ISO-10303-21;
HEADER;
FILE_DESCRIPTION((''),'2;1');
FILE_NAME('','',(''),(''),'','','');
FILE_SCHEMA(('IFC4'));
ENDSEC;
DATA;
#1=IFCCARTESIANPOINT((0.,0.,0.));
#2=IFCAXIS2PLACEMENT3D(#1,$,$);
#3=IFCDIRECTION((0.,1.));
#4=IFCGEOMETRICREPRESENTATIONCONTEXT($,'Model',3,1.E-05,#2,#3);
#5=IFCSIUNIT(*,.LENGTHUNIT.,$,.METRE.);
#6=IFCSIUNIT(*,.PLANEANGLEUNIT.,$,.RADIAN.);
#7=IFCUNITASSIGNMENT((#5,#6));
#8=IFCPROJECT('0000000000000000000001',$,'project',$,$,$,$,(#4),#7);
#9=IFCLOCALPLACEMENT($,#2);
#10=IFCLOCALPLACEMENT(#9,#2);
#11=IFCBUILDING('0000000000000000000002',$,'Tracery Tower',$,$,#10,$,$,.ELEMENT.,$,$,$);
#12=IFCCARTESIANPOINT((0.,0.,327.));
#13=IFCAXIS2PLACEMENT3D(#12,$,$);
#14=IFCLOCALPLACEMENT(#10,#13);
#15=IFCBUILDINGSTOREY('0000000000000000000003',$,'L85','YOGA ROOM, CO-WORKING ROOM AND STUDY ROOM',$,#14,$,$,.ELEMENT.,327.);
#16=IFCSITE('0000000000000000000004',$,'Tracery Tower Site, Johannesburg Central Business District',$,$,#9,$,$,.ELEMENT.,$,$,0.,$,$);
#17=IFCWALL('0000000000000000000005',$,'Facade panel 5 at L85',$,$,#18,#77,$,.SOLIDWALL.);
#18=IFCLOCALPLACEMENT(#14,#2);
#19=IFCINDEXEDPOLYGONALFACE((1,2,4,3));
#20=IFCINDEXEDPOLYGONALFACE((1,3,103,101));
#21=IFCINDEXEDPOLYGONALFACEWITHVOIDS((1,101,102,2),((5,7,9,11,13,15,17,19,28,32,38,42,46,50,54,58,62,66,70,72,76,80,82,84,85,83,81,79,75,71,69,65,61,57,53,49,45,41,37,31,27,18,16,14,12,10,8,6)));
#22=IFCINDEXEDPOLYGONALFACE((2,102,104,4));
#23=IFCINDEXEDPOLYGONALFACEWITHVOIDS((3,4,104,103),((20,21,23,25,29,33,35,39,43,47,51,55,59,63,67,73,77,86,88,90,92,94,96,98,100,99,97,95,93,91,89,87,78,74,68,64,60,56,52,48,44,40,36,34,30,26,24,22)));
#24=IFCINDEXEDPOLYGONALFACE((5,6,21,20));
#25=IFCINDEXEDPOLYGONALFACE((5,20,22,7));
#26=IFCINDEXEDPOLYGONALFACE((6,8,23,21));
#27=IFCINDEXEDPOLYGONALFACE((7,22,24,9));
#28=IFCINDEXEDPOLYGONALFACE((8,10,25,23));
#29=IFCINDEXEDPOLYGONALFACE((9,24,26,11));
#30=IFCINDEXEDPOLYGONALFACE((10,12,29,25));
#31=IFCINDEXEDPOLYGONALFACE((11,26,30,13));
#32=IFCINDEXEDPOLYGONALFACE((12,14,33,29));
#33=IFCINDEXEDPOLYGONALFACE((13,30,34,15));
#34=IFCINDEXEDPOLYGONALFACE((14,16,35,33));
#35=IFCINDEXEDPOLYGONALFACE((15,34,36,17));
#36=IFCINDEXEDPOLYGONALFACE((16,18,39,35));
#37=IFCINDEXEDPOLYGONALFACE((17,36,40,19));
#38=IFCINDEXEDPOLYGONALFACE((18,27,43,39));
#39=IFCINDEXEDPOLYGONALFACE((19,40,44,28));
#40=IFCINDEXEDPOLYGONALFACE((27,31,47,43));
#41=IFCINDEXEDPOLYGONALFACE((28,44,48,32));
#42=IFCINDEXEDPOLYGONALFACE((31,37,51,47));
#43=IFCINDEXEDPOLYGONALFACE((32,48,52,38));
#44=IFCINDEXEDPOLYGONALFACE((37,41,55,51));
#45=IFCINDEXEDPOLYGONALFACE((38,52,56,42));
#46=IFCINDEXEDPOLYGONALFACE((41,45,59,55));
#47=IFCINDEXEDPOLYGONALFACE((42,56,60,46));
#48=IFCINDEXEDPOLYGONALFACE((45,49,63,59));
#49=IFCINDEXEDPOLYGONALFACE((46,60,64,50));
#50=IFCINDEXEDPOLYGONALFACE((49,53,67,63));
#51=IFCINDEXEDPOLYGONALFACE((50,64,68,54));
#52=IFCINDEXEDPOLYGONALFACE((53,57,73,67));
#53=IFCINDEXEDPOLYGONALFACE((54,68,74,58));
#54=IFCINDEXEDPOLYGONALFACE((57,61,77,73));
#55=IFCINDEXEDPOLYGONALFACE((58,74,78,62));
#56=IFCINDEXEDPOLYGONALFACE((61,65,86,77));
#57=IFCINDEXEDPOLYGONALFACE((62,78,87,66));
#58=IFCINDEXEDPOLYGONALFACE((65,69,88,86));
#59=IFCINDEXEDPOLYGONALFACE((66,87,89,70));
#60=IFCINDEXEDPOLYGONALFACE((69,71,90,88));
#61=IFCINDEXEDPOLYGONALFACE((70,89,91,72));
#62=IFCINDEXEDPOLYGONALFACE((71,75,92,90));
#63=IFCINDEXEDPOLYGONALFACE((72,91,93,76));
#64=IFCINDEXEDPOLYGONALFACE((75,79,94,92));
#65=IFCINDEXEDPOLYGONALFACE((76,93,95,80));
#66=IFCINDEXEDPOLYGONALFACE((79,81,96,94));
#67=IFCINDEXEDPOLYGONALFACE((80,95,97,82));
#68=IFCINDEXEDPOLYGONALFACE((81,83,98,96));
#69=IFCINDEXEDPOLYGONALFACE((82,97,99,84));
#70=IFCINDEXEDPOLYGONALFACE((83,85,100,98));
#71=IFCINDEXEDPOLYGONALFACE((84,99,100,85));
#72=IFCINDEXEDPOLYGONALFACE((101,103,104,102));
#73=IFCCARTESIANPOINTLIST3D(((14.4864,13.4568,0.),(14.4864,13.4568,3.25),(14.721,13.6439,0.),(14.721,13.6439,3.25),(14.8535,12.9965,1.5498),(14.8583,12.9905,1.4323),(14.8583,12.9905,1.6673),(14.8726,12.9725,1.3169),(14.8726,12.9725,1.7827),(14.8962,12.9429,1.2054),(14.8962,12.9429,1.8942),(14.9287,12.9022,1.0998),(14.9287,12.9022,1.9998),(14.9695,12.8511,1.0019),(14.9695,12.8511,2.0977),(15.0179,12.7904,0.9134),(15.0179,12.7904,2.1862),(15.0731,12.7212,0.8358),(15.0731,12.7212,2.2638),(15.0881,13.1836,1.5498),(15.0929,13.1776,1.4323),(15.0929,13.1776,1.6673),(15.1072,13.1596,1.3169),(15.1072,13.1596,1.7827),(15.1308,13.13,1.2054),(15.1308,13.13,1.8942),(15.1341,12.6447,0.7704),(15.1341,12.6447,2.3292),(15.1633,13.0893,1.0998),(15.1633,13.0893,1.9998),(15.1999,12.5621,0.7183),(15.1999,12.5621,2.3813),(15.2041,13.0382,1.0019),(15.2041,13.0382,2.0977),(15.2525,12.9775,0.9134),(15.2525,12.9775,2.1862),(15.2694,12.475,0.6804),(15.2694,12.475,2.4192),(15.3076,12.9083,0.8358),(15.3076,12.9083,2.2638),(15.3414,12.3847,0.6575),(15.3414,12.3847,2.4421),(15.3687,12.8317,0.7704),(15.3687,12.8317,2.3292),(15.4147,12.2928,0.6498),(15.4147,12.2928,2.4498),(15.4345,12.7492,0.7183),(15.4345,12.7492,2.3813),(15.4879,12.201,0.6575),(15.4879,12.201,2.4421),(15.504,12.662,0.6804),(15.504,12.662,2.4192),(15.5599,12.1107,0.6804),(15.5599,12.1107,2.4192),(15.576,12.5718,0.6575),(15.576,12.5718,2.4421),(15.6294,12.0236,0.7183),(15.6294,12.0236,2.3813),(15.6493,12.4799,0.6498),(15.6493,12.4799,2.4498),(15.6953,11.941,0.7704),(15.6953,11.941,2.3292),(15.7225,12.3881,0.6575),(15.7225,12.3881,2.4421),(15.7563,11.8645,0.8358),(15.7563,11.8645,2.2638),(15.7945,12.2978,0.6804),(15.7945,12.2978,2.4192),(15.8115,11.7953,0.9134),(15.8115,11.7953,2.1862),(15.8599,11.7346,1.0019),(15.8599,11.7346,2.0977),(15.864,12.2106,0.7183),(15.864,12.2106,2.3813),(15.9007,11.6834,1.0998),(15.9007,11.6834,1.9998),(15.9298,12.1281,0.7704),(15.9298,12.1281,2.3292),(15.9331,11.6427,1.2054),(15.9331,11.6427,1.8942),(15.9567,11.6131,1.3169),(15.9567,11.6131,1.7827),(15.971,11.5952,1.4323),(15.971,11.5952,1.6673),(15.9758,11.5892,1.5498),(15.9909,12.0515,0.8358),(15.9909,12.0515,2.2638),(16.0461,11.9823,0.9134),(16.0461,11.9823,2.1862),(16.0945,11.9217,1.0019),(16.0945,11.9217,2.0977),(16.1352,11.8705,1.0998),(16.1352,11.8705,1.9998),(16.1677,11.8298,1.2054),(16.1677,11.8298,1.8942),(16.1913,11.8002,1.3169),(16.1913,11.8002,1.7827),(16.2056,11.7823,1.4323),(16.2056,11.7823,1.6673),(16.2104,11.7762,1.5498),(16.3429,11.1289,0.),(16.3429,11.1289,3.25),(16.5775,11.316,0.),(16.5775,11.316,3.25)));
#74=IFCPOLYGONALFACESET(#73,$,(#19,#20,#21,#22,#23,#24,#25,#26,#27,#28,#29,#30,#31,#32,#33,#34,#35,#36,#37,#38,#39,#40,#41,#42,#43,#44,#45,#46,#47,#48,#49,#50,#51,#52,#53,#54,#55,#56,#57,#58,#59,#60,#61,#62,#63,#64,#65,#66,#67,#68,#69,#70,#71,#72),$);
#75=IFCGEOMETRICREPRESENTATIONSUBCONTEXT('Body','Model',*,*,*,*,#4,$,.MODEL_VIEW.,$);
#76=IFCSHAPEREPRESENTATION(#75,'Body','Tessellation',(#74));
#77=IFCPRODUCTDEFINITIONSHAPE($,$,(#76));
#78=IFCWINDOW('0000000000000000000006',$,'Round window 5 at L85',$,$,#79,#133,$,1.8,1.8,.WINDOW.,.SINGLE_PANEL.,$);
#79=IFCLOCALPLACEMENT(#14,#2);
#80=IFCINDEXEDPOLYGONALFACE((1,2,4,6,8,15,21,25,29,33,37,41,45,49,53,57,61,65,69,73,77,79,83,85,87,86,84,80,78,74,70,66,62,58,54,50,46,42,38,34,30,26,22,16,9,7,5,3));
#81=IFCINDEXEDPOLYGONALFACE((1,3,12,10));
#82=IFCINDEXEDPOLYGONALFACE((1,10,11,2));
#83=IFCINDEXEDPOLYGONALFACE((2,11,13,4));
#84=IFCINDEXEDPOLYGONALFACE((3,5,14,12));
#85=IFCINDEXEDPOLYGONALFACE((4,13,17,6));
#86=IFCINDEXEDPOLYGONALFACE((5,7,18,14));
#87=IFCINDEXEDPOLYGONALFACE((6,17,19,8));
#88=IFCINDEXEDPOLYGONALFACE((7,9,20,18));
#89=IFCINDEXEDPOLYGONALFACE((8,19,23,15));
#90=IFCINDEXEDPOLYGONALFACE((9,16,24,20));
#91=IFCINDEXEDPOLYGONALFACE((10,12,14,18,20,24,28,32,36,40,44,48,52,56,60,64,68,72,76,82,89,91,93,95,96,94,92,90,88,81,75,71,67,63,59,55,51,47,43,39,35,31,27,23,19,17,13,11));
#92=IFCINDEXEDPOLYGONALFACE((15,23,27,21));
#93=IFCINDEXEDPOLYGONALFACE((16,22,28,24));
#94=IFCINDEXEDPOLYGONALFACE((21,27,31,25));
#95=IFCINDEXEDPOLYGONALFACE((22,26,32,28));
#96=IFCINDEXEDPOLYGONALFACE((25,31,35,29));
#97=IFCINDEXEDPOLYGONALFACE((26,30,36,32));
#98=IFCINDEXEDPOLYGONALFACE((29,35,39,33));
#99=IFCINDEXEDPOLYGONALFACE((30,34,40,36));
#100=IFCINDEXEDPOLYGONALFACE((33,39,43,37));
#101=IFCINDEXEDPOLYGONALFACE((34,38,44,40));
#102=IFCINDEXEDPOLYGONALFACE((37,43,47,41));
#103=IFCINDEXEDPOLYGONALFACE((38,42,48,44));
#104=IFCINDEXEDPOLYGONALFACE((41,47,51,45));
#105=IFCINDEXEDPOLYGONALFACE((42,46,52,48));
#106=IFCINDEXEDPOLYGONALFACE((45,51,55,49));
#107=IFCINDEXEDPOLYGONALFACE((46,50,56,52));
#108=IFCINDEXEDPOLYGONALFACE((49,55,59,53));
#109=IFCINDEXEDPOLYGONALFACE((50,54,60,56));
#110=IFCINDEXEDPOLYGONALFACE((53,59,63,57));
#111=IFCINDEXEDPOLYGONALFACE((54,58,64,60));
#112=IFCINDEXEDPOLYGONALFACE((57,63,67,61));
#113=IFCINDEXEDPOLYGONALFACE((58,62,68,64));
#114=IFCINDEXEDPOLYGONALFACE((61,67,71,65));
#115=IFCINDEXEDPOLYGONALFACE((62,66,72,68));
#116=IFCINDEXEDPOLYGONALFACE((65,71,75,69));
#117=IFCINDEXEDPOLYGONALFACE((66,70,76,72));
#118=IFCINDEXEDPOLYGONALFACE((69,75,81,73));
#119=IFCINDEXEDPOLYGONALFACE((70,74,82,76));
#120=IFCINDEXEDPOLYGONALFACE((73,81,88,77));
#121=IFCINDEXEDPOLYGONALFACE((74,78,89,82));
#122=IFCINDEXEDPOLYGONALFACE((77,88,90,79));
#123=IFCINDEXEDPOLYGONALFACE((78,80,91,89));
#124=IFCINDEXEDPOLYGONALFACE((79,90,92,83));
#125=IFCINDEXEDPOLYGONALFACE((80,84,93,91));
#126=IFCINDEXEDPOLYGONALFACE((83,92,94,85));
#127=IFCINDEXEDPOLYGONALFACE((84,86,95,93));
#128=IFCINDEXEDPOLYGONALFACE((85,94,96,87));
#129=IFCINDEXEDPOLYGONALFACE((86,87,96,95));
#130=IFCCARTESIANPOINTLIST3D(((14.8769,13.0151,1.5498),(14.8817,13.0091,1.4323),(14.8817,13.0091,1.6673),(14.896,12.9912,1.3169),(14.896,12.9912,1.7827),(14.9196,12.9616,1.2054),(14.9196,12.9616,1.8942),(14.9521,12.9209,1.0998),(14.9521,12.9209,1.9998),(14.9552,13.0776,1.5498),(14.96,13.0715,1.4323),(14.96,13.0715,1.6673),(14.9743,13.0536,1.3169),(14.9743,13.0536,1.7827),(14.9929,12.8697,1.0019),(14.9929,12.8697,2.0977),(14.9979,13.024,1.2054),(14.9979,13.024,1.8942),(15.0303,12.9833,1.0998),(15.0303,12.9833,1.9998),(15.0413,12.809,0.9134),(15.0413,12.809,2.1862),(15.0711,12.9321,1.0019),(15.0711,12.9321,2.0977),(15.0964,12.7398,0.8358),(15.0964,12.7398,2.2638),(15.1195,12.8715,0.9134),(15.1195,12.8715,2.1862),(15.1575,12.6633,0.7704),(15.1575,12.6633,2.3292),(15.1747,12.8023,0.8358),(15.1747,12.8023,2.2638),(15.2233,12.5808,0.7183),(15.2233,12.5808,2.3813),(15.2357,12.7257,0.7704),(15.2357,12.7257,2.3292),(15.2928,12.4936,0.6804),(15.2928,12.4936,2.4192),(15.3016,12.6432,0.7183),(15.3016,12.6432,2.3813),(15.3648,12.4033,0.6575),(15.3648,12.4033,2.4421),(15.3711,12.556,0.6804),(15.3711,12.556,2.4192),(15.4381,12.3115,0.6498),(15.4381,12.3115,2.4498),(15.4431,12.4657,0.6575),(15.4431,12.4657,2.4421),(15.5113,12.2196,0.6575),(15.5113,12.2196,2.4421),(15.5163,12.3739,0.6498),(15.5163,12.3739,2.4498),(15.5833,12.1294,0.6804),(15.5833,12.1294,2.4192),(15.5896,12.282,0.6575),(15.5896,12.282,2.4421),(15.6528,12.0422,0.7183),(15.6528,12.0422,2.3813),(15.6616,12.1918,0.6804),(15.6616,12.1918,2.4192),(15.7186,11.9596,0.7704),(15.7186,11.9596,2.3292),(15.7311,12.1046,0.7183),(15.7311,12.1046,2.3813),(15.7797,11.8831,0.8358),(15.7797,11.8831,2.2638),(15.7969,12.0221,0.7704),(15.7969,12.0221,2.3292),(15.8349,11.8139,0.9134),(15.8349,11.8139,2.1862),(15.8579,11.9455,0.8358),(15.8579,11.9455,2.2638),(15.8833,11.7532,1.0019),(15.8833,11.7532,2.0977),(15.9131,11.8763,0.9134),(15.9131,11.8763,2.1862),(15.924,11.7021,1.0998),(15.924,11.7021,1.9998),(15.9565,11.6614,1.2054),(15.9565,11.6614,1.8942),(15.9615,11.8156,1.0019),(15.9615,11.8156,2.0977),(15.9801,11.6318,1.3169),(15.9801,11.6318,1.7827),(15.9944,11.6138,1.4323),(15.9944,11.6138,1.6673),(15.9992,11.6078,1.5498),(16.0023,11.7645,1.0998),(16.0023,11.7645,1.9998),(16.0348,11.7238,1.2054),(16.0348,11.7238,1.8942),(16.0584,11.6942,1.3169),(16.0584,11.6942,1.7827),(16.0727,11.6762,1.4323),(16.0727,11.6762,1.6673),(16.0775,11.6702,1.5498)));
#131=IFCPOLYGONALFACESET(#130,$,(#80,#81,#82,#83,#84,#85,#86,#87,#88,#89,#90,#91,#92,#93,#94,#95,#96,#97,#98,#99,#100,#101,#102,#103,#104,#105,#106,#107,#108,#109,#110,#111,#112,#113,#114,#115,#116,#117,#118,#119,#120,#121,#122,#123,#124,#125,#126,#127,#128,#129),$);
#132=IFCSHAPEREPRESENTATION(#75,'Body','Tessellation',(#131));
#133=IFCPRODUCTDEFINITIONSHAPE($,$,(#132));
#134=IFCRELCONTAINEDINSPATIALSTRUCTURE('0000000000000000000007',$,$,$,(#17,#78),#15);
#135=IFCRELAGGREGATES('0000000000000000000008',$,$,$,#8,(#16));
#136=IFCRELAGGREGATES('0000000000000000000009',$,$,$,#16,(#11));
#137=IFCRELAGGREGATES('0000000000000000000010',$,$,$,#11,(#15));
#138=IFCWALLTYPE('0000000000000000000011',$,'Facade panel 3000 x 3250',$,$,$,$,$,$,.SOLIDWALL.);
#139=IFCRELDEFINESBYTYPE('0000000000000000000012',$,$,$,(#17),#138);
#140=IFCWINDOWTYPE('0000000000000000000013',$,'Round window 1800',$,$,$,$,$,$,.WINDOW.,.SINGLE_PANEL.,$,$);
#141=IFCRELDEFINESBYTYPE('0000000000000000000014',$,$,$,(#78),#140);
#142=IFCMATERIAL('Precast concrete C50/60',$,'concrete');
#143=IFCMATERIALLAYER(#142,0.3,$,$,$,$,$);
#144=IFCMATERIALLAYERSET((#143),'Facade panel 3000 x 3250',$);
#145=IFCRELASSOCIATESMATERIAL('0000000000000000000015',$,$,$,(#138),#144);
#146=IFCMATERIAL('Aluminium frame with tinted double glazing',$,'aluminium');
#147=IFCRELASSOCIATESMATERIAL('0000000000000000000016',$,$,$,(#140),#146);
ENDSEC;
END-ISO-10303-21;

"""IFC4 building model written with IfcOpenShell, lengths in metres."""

from ifc_helpers import new_model, si_unit, direction, frame, frame_2d, origin, origin_2d, place, context, subcontext, project, spatial, rectangle, circle, extrude, material, layer, layer_set, type_object, element, fill, save


model = new_model("IFC4")

# Units and contexts
model_context = context("Model", 3, precision=1e-05, world=origin(), true_north=direction((0.0, 1.0)))
body_context = subcontext(model_context, "Body", "Model", "MODEL_VIEW")
ifc_project = project(units=[si_unit("LENGTHUNIT", "METRE"), si_unit("PLANEANGLEUNIT", "RADIAN")], contexts=[model_context])

# Site, building, storey
site_placement = place(None, origin())
site = spatial("IfcSite", under=ifc_project, at=site_placement, Name="Tracery Tower Site, Johannesburg Central Business District", CompositionType="ELEMENT", RefElevation=0.0)
building_placement = place(site_placement, origin())
building = spatial("IfcBuilding", under=site, at=building_placement, Name="Tracery Tower", CompositionType="ELEMENT")
storey_placement = place(building_placement, frame((0.0, 0.0, 327.0)))
storey = spatial("IfcBuildingStorey", under=building, at=storey_placement, Name="L85", Description="YOGA ROOM, CO-WORKING ROOM AND STUDY ROOM", CompositionType="ELEMENT", Elevation=327.0)

# Wall, opening, window
ifc_material_1 = material(Name="Precast concrete C50/60", Category="concrete")
ifc_layer_1 = layer(ifc_material_1, 0.3)
ifc_layer_set_1 = layer_set([ifc_layer_1], Name="Facade panel 3000 x 3250")
wall_type_1 = type_object("IfcWallType", Name="Facade panel 3000 x 3250", PredefinedType="SOLIDWALL", material=ifc_layer_set_1)
ifc_material_2 = material(Name="Aluminium frame with tinted double glazing", Category="aluminium")
window_type = type_object("IfcWindowType", Name="Round window 1800", PartitioningType="SINGLE_PANEL", PredefinedType="WINDOW", material=ifc_material_2)
wall_1_placement = place(storey_placement, frame((16.4602, 11.2224, 0.0), z_axis=(0.0, 0.0, 1.0), x_axis=(-0.623494, 0.781828, 0.0)))
wall_1 = element("IfcWall", 1, at=wall_1_placement, inside=storey, type_object=wall_type_1, Name="Facade panel 5 at L85", PredefinedType="SOLIDWALL", context=body_context, shape_type="SweptSolid", body=[
    extrude(rectangle(XDim=2.9775, YDim=0.3, at=frame_2d((1.4888, 0.0))), origin(), (0.0, 0.0, 1.0), 3.25),
])
opening_1_placement = place(wall_1_placement, frame((1.4888, 0.0, 1.5498)))
opening_1 = element("IfcOpeningElement", 2, at=opening_1_placement, cuts=wall_1, PredefinedType="OPENING", context=body_context, shape_type="SweptSolid", body=[
    extrude(circle(Radius=0.9, at=origin_2d()), frame((0.0, 0.1599, 0.0), z_axis=(0.0, -1.0, 0.0), x_axis=(1.0, 0.0, 0.0)), (0.0, 0.0, 1.0), 0.3201),
])
window_1_placement = place(opening_1_placement, origin())
window_1 = element("IfcWindow", 3, at=window_1_placement, inside=storey, type_object=window_type, Name="Round window 5 at L85", OverallHeight=1.8, OverallWidth=1.8, PartitioningType="SINGLE_PANEL", PredefinedType="WINDOW", context=body_context, shape_type="SweptSolid", body=[
    extrude(circle(Radius=0.9, at=origin_2d()), frame((0.0, 0.1201, 0.0), z_axis=(0.0, -1.0, 0.0), x_axis=(1.0, 0.0, 0.0)), (0.0, 0.0, 1.0), 0.1001),
])
fill(opening_1, window_1)

save(model, "model.ifc")
